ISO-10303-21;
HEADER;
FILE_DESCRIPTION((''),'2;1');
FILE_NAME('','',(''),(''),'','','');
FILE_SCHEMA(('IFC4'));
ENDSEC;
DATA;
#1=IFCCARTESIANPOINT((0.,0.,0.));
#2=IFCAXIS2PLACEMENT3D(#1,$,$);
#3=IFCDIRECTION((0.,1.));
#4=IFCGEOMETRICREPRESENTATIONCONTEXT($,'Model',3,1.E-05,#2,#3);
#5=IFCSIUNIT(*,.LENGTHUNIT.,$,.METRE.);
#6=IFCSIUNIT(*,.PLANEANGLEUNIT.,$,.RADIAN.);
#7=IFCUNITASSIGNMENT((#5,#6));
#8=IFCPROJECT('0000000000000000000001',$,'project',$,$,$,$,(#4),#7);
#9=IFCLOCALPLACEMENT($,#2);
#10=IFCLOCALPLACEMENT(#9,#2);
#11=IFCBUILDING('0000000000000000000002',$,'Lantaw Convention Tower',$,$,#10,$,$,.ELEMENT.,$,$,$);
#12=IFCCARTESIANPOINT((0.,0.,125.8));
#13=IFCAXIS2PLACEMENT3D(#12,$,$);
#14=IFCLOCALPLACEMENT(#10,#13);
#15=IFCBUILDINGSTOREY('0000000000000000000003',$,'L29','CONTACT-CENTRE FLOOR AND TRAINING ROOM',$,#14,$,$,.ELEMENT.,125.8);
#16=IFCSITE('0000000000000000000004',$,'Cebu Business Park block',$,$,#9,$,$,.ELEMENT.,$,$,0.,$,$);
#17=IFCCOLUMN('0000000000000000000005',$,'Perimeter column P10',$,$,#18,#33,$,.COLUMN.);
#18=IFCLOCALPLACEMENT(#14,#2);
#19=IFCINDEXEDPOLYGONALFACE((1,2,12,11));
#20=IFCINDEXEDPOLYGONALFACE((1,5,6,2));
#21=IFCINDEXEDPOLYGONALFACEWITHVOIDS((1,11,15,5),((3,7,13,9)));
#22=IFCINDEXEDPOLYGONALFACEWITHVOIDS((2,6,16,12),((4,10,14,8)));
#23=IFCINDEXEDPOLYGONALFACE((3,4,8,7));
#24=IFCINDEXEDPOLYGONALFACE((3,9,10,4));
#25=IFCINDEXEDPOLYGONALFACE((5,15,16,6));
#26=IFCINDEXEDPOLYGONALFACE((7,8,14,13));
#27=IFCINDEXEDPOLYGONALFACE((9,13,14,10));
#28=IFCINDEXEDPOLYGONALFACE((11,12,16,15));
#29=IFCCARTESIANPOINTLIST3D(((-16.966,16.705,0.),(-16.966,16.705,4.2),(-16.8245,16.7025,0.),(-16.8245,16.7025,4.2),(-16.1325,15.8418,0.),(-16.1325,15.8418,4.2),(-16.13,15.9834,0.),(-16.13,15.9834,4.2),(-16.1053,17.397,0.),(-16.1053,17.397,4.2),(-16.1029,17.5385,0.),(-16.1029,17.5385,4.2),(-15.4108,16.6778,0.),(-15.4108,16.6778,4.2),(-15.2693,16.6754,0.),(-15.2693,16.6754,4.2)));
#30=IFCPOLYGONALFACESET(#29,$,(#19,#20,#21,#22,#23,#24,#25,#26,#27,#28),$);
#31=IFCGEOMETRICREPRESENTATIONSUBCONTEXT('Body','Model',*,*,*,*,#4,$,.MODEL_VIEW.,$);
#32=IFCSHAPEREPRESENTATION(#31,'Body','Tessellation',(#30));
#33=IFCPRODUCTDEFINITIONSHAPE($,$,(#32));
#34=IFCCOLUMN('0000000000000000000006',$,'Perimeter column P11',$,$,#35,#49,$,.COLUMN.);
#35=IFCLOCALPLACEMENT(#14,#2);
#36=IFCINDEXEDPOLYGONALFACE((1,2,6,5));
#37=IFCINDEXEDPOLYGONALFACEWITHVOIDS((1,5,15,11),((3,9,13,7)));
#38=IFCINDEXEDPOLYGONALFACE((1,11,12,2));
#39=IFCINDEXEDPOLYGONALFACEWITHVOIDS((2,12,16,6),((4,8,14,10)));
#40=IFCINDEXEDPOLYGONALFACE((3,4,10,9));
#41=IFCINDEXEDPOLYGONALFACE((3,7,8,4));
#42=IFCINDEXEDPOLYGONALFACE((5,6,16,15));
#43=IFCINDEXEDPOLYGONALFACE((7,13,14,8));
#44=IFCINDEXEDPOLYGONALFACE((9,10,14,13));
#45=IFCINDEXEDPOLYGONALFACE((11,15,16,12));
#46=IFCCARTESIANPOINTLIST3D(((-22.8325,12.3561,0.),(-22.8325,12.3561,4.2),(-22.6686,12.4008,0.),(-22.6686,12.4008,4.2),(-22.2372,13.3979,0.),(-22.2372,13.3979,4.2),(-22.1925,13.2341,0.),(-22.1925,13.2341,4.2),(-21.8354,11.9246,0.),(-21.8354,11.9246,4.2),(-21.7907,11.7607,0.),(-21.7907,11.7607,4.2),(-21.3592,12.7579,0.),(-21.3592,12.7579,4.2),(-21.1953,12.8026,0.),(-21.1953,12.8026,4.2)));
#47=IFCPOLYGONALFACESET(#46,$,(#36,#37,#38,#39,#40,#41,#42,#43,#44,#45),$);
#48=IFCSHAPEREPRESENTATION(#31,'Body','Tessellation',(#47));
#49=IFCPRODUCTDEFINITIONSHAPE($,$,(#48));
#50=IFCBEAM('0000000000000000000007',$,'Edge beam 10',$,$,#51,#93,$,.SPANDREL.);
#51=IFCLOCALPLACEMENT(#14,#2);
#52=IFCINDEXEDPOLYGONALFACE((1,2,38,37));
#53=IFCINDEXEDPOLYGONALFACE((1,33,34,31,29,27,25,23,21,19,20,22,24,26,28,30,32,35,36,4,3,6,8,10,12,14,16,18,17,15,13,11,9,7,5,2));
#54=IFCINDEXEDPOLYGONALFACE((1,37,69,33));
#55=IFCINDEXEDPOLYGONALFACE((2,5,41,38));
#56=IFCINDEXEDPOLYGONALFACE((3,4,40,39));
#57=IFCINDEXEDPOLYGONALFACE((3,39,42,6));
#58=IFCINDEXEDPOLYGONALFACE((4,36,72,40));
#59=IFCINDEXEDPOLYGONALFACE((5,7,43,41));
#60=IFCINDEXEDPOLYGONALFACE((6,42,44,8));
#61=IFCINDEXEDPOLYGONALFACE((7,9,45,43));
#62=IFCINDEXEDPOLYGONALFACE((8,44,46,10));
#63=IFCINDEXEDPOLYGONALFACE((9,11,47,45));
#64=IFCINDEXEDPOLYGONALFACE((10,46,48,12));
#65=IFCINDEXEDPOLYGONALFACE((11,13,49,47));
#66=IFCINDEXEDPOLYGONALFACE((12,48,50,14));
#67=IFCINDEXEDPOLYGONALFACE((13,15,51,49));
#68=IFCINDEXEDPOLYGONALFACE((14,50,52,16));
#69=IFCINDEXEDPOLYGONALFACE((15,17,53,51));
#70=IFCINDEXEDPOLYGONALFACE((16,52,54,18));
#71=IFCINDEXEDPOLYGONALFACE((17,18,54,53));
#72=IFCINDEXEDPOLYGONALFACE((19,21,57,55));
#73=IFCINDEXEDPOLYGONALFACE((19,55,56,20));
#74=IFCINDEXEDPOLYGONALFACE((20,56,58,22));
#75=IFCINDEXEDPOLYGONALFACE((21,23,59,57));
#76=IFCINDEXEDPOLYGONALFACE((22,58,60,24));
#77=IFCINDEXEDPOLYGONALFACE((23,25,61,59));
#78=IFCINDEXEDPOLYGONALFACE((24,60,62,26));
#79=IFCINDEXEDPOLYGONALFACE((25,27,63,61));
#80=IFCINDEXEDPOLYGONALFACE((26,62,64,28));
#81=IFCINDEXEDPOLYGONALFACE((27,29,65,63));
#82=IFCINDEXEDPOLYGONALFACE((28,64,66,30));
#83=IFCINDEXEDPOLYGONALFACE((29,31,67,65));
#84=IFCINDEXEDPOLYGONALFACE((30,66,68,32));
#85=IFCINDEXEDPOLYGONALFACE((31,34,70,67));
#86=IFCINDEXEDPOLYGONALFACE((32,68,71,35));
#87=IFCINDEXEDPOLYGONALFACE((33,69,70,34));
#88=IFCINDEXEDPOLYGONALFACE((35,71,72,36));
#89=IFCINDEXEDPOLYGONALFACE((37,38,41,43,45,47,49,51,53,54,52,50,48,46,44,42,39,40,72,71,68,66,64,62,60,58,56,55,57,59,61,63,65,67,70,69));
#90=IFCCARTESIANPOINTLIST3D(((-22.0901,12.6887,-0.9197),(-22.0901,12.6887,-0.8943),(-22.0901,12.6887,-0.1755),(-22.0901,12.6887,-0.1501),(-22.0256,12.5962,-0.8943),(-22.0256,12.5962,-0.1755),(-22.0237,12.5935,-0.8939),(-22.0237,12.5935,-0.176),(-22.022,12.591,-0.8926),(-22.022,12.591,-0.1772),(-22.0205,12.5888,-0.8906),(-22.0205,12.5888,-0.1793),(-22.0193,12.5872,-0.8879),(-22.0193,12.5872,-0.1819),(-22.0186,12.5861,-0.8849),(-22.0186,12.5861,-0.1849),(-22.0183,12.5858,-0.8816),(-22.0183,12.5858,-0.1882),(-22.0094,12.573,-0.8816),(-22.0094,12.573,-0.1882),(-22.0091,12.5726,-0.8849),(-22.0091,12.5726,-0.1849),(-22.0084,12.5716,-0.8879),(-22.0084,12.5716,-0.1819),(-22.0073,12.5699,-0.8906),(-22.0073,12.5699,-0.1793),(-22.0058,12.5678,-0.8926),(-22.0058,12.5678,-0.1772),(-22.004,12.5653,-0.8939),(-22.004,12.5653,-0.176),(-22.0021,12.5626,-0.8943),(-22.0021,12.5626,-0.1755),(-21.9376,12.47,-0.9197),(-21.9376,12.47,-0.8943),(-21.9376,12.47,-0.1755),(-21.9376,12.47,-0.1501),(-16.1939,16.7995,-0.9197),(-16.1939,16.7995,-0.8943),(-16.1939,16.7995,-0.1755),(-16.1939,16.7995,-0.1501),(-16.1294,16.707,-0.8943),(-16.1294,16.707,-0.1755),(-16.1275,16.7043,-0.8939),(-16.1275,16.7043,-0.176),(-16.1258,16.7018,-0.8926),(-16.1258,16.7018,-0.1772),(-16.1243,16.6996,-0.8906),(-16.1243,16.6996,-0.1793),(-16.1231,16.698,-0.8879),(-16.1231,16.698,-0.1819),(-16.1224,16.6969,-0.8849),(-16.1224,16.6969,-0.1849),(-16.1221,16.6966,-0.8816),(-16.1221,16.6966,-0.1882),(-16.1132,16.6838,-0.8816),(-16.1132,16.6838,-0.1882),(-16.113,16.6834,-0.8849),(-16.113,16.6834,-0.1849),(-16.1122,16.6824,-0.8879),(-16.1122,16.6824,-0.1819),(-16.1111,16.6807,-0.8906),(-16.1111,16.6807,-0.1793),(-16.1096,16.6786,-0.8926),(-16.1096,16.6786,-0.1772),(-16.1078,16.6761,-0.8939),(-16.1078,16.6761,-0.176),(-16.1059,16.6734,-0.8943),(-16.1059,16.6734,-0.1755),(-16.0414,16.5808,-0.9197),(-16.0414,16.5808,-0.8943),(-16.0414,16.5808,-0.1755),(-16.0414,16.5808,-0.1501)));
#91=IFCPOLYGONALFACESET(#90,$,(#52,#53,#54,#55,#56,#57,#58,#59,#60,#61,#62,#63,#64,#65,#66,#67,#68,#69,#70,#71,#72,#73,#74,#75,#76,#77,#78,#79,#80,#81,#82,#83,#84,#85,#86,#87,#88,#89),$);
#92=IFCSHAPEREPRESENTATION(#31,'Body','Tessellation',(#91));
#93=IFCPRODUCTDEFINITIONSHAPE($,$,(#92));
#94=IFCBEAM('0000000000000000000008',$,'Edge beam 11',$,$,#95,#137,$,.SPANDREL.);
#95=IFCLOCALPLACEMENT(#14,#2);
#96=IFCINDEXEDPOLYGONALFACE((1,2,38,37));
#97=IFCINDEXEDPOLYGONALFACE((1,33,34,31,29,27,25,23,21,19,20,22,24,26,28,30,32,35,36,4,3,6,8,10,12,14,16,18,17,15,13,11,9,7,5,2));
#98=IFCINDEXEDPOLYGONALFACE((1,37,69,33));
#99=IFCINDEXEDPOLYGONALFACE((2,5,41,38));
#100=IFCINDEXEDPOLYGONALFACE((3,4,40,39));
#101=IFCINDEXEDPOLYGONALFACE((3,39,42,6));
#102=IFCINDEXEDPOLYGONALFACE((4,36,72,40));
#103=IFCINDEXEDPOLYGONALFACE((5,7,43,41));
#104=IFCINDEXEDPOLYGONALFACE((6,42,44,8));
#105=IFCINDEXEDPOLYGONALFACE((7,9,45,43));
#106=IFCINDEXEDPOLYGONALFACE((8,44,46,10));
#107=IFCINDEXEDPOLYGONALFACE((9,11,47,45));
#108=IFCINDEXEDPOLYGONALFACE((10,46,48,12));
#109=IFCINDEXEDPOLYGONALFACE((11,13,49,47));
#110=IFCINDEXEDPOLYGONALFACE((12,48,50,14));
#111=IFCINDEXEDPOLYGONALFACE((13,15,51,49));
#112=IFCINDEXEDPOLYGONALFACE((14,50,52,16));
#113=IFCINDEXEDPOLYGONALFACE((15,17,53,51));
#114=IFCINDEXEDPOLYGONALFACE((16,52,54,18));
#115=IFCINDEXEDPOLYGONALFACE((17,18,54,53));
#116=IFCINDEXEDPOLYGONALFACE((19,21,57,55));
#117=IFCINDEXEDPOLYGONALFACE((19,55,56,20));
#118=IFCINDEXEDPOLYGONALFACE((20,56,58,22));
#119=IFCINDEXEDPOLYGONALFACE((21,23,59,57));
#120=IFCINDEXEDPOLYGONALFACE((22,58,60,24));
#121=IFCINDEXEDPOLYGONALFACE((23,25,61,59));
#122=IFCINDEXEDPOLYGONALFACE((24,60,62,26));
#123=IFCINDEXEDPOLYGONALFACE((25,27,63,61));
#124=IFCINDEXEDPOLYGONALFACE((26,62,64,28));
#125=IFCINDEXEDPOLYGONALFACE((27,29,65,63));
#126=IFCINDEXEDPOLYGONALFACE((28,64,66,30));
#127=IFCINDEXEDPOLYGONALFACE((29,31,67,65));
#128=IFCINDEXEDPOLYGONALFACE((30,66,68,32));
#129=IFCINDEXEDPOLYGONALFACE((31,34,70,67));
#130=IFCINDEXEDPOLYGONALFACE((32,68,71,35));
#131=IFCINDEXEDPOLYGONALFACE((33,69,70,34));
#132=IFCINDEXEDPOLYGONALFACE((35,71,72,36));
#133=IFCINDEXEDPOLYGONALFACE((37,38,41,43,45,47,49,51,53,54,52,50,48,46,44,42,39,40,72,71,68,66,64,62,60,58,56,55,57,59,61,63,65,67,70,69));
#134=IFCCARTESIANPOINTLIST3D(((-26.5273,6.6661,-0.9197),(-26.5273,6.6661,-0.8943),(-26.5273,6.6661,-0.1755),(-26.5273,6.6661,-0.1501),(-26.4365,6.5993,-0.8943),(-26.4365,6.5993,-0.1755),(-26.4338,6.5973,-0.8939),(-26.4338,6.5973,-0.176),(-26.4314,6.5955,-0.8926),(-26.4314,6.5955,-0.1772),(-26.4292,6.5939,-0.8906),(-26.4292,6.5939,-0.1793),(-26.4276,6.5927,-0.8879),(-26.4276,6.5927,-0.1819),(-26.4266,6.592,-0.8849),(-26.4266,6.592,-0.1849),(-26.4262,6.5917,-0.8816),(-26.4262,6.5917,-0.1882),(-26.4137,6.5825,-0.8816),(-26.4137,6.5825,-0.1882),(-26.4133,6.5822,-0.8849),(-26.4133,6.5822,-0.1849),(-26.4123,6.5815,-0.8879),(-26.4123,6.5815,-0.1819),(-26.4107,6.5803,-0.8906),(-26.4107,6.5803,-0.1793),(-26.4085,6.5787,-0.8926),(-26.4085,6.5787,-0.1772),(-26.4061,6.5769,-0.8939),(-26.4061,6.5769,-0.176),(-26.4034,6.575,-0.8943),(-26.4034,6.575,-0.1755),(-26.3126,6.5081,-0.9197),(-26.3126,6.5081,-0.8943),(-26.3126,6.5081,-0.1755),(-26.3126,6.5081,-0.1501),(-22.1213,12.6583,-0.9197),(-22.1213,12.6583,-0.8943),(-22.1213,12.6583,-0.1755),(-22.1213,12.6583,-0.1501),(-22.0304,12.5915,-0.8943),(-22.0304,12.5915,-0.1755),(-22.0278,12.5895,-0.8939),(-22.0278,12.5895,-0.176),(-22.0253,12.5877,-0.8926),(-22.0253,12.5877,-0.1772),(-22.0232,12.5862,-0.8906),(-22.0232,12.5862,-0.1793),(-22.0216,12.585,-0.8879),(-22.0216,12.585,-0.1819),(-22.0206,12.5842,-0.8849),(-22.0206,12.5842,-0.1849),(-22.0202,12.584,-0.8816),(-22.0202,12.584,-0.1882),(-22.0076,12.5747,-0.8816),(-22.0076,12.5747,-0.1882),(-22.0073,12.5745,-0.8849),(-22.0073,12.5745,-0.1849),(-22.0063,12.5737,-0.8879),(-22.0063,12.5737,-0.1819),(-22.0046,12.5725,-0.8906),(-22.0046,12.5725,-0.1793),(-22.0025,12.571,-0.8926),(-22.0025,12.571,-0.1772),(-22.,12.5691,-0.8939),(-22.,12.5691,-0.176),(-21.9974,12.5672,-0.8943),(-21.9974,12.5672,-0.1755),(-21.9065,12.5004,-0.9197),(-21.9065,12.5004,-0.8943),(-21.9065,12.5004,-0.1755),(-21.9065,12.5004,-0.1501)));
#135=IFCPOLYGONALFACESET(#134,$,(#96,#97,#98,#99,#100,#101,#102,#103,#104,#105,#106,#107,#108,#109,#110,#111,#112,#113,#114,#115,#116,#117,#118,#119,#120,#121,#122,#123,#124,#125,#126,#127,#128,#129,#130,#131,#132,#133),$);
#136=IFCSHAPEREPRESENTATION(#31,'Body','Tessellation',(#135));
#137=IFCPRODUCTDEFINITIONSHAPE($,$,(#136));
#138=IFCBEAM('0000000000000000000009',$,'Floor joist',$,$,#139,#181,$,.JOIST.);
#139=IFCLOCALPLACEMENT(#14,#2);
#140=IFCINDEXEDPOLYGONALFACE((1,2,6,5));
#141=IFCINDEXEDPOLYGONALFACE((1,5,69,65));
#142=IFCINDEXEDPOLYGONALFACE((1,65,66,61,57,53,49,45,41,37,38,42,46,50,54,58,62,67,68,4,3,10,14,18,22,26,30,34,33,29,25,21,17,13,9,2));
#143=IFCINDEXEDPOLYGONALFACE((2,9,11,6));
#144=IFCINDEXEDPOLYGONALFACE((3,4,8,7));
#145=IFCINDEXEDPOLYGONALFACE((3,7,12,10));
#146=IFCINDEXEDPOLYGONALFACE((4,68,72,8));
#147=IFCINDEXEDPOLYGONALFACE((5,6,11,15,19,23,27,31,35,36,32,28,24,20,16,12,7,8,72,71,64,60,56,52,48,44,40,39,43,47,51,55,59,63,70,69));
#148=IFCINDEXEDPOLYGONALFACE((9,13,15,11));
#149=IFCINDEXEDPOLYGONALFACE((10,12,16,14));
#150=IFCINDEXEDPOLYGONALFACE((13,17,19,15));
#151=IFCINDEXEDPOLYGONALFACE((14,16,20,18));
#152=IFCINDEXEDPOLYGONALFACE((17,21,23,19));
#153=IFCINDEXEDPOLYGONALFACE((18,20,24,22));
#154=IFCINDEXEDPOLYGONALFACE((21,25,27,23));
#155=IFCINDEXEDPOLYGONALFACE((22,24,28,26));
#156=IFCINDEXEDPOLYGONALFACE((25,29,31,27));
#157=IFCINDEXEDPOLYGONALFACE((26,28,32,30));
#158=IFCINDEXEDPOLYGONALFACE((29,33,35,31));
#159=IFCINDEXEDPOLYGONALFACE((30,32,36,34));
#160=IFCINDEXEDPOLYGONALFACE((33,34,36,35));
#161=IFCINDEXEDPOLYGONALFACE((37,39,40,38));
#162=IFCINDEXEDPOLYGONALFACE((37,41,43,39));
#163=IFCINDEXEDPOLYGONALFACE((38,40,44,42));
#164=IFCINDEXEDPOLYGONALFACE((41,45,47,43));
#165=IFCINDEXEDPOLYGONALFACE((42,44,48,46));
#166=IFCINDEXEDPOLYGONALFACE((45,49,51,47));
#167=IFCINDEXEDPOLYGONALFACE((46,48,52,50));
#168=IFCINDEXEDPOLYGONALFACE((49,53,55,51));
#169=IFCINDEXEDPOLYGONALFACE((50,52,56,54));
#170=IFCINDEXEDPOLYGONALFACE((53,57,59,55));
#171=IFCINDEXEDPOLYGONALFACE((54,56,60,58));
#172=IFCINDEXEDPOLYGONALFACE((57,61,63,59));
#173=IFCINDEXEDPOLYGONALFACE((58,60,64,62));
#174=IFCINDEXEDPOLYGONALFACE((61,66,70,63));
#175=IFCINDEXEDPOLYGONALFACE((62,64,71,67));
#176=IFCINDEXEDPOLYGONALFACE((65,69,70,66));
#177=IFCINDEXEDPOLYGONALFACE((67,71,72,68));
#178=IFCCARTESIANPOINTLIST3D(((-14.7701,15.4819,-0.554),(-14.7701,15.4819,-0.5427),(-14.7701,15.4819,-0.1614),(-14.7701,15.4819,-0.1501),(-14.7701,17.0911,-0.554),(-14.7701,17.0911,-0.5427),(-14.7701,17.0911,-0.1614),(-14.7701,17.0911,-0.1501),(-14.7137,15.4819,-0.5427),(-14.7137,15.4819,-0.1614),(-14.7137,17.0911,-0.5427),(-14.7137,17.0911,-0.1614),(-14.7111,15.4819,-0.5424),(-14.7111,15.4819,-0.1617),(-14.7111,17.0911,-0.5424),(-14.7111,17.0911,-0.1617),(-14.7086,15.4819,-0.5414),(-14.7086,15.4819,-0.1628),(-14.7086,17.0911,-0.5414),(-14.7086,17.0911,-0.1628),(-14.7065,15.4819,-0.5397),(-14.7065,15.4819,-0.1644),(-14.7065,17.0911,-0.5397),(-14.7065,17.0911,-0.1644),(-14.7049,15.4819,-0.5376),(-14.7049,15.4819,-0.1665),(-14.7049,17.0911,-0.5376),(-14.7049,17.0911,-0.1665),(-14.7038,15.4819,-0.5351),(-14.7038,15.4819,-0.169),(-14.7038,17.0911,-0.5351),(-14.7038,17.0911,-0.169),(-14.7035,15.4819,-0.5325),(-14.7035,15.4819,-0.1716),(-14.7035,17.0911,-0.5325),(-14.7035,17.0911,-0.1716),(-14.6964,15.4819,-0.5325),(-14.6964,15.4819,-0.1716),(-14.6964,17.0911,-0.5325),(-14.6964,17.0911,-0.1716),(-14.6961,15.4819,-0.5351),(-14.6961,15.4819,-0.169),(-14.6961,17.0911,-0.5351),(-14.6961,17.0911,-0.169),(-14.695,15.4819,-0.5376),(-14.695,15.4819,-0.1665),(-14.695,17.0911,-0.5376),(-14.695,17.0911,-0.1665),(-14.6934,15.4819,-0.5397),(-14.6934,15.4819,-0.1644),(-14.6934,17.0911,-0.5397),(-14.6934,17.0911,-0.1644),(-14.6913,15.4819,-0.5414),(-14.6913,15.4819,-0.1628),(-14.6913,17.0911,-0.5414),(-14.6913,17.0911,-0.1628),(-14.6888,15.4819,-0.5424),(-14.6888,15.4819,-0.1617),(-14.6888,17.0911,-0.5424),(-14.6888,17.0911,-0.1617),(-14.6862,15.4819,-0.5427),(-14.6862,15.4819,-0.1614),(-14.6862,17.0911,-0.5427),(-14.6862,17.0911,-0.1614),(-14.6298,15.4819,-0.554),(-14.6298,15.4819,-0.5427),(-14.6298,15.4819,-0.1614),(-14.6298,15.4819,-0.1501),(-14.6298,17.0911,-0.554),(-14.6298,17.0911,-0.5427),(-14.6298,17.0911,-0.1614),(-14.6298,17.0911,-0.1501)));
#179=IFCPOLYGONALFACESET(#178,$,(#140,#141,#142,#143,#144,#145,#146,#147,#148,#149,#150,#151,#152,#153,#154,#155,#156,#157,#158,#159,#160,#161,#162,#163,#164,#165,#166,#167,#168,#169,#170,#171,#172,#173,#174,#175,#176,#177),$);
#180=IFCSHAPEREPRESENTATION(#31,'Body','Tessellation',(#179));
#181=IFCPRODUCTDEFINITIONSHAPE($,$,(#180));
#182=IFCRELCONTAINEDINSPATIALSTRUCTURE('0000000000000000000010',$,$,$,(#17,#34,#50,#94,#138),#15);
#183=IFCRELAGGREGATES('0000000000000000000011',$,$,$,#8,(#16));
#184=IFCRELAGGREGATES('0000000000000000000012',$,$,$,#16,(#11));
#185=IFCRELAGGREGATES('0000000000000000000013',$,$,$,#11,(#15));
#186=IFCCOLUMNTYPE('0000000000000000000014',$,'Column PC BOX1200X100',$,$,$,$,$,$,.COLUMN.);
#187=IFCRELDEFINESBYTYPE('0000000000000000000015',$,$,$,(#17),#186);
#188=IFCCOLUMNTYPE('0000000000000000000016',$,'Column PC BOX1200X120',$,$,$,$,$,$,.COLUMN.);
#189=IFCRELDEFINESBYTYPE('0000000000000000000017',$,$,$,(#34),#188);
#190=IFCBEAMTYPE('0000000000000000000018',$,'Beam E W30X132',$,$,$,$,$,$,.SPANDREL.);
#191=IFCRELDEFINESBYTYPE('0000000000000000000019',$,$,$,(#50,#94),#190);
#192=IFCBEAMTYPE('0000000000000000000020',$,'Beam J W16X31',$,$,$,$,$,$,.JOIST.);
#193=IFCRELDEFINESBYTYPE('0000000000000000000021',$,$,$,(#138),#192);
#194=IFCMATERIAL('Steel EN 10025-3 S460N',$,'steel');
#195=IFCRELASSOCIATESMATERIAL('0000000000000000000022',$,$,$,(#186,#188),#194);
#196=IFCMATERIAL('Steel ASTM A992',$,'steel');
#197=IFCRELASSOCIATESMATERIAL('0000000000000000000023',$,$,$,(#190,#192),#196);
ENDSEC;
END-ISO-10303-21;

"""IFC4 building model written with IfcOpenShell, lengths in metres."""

from ifc_helpers import new_model, si_unit, direction, frame, origin, origin_2d, place, context, subcontext, project, spatial, rectangle, hollow_rectangle, i_section, extrude, material, material_profile, profile_set, type_object, element, save


model = new_model("IFC4")

# Units and contexts
model_context = context("Model", 3, precision=1e-05, world=origin(), true_north=direction((0.0, 1.0)))
body_context = subcontext(model_context, "Body", "Model", "MODEL_VIEW")
ifc_project = project(units=[si_unit("LENGTHUNIT", "METRE"), si_unit("PLANEANGLEUNIT", "RADIAN")], contexts=[model_context])

# Site, building, storey
site_placement = place(None, origin())
site = spatial("IfcSite", under=ifc_project, at=site_placement, Name="Cebu Business Park block", CompositionType="ELEMENT", RefElevation=0.0)
building_placement = place(site_placement, origin())
building = spatial("IfcBuilding", under=site, at=building_placement, Name="Lantaw Convention Tower", CompositionType="ELEMENT")
storey_placement = place(building_placement, frame((0.0, 0.0, 125.8)))
storey = spatial("IfcBuildingStorey", under=building, at=storey_placement, Name="L29", Description="CONTACT-CENTRE FLOOR AND TRAINING ROOM", CompositionType="ELEMENT", Elevation=125.8)

# Columns
ifc_material_1 = material(Name="Steel EN 10025-3 S460N", Category="steel")
ifc_material_profile_1 = material_profile(ifc_material_1, hollow_rectangle(XDim=1.2, YDim=1.2, WallThickness=0.1001, at=origin_2d()), Name="BOX1200X100")
ifc_material_2 = material(Name="Concrete C60/75", Category="concrete")
ifc_material_profile_2 = material_profile(ifc_material_2, rectangle(XDim=1.0, YDim=1.0, at=origin_2d()), Name="Concrete fill of BOX1200X100")
ifc_profile_set_1 = profile_set([ifc_material_profile_1, ifc_material_profile_2], Name="Steel EN 10025-3 S460N")
column_type_1 = type_object("IfcColumnType", Name="Column PC BOX1200X100", PredefinedType="COLUMN", material=ifc_profile_set_1)
column_1_placement = place(storey_placement, frame((-16.1177, 16.6902, 0.0), z_axis=(0.0, 0.0, 1.0), x_axis=(0.71934, 0.694658, 0.0)))
element("IfcColumn", 1, at=column_1_placement, inside=storey, type_object=column_type_1, Name="Perimeter column P10", PredefinedType="COLUMN", context=body_context, shape_type="SweptSolid", body=[
    extrude(hollow_rectangle(XDim=1.2, YDim=1.2, WallThickness=0.1001, at=origin_2d()), origin(), (0.0, 0.0, 1.0), 4.2),
])
ifc_material_profile_3 = material_profile(ifc_material_1, hollow_rectangle(XDim=1.2, YDim=1.2, WallThickness=0.1201, at=origin_2d()), Name="BOX1200X120")
ifc_material_profile_4 = material_profile(ifc_material_2, rectangle(XDim=0.96, YDim=0.96, at=origin_2d()), Name="Concrete fill of BOX1200X120")
ifc_profile_set_2 = profile_set([ifc_material_profile_3, ifc_material_profile_4], Name="Steel EN 10025-3 S460N")
column_type_2 = type_object("IfcColumnType", Name="Column PC BOX1200X120", PredefinedType="COLUMN", material=ifc_profile_set_2)
column_2_placement = place(storey_placement, frame((-22.0139, 12.5793, 0.0), z_axis=(0.0, 0.0, 1.0), x_axis=(0.496139, 0.868243, 0.0)))
element("IfcColumn", 2, at=column_2_placement, inside=storey, type_object=column_type_2, Name="Perimeter column P11", PredefinedType="COLUMN", context=body_context, shape_type="SweptSolid", body=[
    extrude(hollow_rectangle(XDim=1.2, YDim=1.2, WallThickness=0.1201, at=origin_2d()), origin(), (0.0, 0.0, 1.0), 4.2),
])

# Beams
ifc_material_3 = material(Name="Steel ASTM A992", Category="steel")
ifc_material_profile_5 = material_profile(ifc_material_3, i_section(OverallWidth=0.2666, OverallDepth=0.7695, WebThickness=0.0156, FlangeThickness=0.0254, FilletRadius=0.0127, at=origin_2d()), Name="W30X132")
ifc_profile_set_3 = profile_set([ifc_material_profile_5], Name="Steel ASTM A992")
beam_type_1 = type_object("IfcBeamType", Name="Beam E W30X132", PredefinedType="SPANDREL", material=ifc_profile_set_3)
beam_1_placement = place(storey_placement, frame((-16.1177, 16.6902, -0.5349), z_axis=(-0.820311, -0.571918, 0.0), x_axis=(0.571918, -0.820311, 0.0)))
element("IfcBeam", 3, at=beam_1_placement, inside=storey, type_object=beam_type_1, Name="Edge beam 10", PredefinedType="SPANDREL", context=body_context, shape_type="SweptSolid", body=[
    extrude(i_section(OverallWidth=0.2666, OverallDepth=0.7695, WebThickness=0.0156, FlangeThickness=0.0254, FilletRadius=0.0127, at=origin_2d()), origin(), (0.0, 0.0, 1.0), 7.1877),
])
beam_2_placement = place(storey_placement, frame((-22.0139, 12.5793, -0.5349), z_axis=(-0.592389, -0.805652, 0.0), x_axis=(0.805652, -0.592389, 0.0)))
element("IfcBeam", 4, at=beam_2_placement, inside=storey, type_object=beam_type_1, Name="Edge beam 11", PredefinedType="SPANDREL", context=body_context, shape_type="SweptSolid", body=[
    extrude(i_section(OverallWidth=0.2666, OverallDepth=0.7695, WebThickness=0.0156, FlangeThickness=0.0254, FilletRadius=0.0127, at=origin_2d()), origin(), (0.0, 0.0, 1.0), 7.4377),
])
ifc_material_profile_6 = material_profile(ifc_material_3, i_section(OverallWidth=0.1404, OverallDepth=0.4038, WebThickness=0.0071, FlangeThickness=0.0112, FilletRadius=0.0103, at=origin_2d()), Name="W16X31")
ifc_profile_set_4 = profile_set([ifc_material_profile_6], Name="Steel ASTM A992")
beam_type_2 = type_object("IfcBeamType", Name="Beam J W16X31", PredefinedType="JOIST", material=ifc_profile_set_4)
beam_3_placement = place(storey_placement, frame((-14.7, 15.4819, -0.3521), z_axis=(0.0, 1.0, 0.0), x_axis=(-1.0, 0.0, 0.0)))
element("IfcBeam", 5, at=beam_3_placement, inside=storey, type_object=beam_type_2, Name="Floor joist", PredefinedType="JOIST", context=body_context, shape_type="SweptSolid", body=[
    extrude(i_section(OverallWidth=0.1404, OverallDepth=0.4038, WebThickness=0.0071, FlangeThickness=0.0112, FilletRadius=0.0103, at=origin_2d()), origin(), (0.0, 0.0, 1.0), 1.6091),
])

save(model, "model.ifc")
